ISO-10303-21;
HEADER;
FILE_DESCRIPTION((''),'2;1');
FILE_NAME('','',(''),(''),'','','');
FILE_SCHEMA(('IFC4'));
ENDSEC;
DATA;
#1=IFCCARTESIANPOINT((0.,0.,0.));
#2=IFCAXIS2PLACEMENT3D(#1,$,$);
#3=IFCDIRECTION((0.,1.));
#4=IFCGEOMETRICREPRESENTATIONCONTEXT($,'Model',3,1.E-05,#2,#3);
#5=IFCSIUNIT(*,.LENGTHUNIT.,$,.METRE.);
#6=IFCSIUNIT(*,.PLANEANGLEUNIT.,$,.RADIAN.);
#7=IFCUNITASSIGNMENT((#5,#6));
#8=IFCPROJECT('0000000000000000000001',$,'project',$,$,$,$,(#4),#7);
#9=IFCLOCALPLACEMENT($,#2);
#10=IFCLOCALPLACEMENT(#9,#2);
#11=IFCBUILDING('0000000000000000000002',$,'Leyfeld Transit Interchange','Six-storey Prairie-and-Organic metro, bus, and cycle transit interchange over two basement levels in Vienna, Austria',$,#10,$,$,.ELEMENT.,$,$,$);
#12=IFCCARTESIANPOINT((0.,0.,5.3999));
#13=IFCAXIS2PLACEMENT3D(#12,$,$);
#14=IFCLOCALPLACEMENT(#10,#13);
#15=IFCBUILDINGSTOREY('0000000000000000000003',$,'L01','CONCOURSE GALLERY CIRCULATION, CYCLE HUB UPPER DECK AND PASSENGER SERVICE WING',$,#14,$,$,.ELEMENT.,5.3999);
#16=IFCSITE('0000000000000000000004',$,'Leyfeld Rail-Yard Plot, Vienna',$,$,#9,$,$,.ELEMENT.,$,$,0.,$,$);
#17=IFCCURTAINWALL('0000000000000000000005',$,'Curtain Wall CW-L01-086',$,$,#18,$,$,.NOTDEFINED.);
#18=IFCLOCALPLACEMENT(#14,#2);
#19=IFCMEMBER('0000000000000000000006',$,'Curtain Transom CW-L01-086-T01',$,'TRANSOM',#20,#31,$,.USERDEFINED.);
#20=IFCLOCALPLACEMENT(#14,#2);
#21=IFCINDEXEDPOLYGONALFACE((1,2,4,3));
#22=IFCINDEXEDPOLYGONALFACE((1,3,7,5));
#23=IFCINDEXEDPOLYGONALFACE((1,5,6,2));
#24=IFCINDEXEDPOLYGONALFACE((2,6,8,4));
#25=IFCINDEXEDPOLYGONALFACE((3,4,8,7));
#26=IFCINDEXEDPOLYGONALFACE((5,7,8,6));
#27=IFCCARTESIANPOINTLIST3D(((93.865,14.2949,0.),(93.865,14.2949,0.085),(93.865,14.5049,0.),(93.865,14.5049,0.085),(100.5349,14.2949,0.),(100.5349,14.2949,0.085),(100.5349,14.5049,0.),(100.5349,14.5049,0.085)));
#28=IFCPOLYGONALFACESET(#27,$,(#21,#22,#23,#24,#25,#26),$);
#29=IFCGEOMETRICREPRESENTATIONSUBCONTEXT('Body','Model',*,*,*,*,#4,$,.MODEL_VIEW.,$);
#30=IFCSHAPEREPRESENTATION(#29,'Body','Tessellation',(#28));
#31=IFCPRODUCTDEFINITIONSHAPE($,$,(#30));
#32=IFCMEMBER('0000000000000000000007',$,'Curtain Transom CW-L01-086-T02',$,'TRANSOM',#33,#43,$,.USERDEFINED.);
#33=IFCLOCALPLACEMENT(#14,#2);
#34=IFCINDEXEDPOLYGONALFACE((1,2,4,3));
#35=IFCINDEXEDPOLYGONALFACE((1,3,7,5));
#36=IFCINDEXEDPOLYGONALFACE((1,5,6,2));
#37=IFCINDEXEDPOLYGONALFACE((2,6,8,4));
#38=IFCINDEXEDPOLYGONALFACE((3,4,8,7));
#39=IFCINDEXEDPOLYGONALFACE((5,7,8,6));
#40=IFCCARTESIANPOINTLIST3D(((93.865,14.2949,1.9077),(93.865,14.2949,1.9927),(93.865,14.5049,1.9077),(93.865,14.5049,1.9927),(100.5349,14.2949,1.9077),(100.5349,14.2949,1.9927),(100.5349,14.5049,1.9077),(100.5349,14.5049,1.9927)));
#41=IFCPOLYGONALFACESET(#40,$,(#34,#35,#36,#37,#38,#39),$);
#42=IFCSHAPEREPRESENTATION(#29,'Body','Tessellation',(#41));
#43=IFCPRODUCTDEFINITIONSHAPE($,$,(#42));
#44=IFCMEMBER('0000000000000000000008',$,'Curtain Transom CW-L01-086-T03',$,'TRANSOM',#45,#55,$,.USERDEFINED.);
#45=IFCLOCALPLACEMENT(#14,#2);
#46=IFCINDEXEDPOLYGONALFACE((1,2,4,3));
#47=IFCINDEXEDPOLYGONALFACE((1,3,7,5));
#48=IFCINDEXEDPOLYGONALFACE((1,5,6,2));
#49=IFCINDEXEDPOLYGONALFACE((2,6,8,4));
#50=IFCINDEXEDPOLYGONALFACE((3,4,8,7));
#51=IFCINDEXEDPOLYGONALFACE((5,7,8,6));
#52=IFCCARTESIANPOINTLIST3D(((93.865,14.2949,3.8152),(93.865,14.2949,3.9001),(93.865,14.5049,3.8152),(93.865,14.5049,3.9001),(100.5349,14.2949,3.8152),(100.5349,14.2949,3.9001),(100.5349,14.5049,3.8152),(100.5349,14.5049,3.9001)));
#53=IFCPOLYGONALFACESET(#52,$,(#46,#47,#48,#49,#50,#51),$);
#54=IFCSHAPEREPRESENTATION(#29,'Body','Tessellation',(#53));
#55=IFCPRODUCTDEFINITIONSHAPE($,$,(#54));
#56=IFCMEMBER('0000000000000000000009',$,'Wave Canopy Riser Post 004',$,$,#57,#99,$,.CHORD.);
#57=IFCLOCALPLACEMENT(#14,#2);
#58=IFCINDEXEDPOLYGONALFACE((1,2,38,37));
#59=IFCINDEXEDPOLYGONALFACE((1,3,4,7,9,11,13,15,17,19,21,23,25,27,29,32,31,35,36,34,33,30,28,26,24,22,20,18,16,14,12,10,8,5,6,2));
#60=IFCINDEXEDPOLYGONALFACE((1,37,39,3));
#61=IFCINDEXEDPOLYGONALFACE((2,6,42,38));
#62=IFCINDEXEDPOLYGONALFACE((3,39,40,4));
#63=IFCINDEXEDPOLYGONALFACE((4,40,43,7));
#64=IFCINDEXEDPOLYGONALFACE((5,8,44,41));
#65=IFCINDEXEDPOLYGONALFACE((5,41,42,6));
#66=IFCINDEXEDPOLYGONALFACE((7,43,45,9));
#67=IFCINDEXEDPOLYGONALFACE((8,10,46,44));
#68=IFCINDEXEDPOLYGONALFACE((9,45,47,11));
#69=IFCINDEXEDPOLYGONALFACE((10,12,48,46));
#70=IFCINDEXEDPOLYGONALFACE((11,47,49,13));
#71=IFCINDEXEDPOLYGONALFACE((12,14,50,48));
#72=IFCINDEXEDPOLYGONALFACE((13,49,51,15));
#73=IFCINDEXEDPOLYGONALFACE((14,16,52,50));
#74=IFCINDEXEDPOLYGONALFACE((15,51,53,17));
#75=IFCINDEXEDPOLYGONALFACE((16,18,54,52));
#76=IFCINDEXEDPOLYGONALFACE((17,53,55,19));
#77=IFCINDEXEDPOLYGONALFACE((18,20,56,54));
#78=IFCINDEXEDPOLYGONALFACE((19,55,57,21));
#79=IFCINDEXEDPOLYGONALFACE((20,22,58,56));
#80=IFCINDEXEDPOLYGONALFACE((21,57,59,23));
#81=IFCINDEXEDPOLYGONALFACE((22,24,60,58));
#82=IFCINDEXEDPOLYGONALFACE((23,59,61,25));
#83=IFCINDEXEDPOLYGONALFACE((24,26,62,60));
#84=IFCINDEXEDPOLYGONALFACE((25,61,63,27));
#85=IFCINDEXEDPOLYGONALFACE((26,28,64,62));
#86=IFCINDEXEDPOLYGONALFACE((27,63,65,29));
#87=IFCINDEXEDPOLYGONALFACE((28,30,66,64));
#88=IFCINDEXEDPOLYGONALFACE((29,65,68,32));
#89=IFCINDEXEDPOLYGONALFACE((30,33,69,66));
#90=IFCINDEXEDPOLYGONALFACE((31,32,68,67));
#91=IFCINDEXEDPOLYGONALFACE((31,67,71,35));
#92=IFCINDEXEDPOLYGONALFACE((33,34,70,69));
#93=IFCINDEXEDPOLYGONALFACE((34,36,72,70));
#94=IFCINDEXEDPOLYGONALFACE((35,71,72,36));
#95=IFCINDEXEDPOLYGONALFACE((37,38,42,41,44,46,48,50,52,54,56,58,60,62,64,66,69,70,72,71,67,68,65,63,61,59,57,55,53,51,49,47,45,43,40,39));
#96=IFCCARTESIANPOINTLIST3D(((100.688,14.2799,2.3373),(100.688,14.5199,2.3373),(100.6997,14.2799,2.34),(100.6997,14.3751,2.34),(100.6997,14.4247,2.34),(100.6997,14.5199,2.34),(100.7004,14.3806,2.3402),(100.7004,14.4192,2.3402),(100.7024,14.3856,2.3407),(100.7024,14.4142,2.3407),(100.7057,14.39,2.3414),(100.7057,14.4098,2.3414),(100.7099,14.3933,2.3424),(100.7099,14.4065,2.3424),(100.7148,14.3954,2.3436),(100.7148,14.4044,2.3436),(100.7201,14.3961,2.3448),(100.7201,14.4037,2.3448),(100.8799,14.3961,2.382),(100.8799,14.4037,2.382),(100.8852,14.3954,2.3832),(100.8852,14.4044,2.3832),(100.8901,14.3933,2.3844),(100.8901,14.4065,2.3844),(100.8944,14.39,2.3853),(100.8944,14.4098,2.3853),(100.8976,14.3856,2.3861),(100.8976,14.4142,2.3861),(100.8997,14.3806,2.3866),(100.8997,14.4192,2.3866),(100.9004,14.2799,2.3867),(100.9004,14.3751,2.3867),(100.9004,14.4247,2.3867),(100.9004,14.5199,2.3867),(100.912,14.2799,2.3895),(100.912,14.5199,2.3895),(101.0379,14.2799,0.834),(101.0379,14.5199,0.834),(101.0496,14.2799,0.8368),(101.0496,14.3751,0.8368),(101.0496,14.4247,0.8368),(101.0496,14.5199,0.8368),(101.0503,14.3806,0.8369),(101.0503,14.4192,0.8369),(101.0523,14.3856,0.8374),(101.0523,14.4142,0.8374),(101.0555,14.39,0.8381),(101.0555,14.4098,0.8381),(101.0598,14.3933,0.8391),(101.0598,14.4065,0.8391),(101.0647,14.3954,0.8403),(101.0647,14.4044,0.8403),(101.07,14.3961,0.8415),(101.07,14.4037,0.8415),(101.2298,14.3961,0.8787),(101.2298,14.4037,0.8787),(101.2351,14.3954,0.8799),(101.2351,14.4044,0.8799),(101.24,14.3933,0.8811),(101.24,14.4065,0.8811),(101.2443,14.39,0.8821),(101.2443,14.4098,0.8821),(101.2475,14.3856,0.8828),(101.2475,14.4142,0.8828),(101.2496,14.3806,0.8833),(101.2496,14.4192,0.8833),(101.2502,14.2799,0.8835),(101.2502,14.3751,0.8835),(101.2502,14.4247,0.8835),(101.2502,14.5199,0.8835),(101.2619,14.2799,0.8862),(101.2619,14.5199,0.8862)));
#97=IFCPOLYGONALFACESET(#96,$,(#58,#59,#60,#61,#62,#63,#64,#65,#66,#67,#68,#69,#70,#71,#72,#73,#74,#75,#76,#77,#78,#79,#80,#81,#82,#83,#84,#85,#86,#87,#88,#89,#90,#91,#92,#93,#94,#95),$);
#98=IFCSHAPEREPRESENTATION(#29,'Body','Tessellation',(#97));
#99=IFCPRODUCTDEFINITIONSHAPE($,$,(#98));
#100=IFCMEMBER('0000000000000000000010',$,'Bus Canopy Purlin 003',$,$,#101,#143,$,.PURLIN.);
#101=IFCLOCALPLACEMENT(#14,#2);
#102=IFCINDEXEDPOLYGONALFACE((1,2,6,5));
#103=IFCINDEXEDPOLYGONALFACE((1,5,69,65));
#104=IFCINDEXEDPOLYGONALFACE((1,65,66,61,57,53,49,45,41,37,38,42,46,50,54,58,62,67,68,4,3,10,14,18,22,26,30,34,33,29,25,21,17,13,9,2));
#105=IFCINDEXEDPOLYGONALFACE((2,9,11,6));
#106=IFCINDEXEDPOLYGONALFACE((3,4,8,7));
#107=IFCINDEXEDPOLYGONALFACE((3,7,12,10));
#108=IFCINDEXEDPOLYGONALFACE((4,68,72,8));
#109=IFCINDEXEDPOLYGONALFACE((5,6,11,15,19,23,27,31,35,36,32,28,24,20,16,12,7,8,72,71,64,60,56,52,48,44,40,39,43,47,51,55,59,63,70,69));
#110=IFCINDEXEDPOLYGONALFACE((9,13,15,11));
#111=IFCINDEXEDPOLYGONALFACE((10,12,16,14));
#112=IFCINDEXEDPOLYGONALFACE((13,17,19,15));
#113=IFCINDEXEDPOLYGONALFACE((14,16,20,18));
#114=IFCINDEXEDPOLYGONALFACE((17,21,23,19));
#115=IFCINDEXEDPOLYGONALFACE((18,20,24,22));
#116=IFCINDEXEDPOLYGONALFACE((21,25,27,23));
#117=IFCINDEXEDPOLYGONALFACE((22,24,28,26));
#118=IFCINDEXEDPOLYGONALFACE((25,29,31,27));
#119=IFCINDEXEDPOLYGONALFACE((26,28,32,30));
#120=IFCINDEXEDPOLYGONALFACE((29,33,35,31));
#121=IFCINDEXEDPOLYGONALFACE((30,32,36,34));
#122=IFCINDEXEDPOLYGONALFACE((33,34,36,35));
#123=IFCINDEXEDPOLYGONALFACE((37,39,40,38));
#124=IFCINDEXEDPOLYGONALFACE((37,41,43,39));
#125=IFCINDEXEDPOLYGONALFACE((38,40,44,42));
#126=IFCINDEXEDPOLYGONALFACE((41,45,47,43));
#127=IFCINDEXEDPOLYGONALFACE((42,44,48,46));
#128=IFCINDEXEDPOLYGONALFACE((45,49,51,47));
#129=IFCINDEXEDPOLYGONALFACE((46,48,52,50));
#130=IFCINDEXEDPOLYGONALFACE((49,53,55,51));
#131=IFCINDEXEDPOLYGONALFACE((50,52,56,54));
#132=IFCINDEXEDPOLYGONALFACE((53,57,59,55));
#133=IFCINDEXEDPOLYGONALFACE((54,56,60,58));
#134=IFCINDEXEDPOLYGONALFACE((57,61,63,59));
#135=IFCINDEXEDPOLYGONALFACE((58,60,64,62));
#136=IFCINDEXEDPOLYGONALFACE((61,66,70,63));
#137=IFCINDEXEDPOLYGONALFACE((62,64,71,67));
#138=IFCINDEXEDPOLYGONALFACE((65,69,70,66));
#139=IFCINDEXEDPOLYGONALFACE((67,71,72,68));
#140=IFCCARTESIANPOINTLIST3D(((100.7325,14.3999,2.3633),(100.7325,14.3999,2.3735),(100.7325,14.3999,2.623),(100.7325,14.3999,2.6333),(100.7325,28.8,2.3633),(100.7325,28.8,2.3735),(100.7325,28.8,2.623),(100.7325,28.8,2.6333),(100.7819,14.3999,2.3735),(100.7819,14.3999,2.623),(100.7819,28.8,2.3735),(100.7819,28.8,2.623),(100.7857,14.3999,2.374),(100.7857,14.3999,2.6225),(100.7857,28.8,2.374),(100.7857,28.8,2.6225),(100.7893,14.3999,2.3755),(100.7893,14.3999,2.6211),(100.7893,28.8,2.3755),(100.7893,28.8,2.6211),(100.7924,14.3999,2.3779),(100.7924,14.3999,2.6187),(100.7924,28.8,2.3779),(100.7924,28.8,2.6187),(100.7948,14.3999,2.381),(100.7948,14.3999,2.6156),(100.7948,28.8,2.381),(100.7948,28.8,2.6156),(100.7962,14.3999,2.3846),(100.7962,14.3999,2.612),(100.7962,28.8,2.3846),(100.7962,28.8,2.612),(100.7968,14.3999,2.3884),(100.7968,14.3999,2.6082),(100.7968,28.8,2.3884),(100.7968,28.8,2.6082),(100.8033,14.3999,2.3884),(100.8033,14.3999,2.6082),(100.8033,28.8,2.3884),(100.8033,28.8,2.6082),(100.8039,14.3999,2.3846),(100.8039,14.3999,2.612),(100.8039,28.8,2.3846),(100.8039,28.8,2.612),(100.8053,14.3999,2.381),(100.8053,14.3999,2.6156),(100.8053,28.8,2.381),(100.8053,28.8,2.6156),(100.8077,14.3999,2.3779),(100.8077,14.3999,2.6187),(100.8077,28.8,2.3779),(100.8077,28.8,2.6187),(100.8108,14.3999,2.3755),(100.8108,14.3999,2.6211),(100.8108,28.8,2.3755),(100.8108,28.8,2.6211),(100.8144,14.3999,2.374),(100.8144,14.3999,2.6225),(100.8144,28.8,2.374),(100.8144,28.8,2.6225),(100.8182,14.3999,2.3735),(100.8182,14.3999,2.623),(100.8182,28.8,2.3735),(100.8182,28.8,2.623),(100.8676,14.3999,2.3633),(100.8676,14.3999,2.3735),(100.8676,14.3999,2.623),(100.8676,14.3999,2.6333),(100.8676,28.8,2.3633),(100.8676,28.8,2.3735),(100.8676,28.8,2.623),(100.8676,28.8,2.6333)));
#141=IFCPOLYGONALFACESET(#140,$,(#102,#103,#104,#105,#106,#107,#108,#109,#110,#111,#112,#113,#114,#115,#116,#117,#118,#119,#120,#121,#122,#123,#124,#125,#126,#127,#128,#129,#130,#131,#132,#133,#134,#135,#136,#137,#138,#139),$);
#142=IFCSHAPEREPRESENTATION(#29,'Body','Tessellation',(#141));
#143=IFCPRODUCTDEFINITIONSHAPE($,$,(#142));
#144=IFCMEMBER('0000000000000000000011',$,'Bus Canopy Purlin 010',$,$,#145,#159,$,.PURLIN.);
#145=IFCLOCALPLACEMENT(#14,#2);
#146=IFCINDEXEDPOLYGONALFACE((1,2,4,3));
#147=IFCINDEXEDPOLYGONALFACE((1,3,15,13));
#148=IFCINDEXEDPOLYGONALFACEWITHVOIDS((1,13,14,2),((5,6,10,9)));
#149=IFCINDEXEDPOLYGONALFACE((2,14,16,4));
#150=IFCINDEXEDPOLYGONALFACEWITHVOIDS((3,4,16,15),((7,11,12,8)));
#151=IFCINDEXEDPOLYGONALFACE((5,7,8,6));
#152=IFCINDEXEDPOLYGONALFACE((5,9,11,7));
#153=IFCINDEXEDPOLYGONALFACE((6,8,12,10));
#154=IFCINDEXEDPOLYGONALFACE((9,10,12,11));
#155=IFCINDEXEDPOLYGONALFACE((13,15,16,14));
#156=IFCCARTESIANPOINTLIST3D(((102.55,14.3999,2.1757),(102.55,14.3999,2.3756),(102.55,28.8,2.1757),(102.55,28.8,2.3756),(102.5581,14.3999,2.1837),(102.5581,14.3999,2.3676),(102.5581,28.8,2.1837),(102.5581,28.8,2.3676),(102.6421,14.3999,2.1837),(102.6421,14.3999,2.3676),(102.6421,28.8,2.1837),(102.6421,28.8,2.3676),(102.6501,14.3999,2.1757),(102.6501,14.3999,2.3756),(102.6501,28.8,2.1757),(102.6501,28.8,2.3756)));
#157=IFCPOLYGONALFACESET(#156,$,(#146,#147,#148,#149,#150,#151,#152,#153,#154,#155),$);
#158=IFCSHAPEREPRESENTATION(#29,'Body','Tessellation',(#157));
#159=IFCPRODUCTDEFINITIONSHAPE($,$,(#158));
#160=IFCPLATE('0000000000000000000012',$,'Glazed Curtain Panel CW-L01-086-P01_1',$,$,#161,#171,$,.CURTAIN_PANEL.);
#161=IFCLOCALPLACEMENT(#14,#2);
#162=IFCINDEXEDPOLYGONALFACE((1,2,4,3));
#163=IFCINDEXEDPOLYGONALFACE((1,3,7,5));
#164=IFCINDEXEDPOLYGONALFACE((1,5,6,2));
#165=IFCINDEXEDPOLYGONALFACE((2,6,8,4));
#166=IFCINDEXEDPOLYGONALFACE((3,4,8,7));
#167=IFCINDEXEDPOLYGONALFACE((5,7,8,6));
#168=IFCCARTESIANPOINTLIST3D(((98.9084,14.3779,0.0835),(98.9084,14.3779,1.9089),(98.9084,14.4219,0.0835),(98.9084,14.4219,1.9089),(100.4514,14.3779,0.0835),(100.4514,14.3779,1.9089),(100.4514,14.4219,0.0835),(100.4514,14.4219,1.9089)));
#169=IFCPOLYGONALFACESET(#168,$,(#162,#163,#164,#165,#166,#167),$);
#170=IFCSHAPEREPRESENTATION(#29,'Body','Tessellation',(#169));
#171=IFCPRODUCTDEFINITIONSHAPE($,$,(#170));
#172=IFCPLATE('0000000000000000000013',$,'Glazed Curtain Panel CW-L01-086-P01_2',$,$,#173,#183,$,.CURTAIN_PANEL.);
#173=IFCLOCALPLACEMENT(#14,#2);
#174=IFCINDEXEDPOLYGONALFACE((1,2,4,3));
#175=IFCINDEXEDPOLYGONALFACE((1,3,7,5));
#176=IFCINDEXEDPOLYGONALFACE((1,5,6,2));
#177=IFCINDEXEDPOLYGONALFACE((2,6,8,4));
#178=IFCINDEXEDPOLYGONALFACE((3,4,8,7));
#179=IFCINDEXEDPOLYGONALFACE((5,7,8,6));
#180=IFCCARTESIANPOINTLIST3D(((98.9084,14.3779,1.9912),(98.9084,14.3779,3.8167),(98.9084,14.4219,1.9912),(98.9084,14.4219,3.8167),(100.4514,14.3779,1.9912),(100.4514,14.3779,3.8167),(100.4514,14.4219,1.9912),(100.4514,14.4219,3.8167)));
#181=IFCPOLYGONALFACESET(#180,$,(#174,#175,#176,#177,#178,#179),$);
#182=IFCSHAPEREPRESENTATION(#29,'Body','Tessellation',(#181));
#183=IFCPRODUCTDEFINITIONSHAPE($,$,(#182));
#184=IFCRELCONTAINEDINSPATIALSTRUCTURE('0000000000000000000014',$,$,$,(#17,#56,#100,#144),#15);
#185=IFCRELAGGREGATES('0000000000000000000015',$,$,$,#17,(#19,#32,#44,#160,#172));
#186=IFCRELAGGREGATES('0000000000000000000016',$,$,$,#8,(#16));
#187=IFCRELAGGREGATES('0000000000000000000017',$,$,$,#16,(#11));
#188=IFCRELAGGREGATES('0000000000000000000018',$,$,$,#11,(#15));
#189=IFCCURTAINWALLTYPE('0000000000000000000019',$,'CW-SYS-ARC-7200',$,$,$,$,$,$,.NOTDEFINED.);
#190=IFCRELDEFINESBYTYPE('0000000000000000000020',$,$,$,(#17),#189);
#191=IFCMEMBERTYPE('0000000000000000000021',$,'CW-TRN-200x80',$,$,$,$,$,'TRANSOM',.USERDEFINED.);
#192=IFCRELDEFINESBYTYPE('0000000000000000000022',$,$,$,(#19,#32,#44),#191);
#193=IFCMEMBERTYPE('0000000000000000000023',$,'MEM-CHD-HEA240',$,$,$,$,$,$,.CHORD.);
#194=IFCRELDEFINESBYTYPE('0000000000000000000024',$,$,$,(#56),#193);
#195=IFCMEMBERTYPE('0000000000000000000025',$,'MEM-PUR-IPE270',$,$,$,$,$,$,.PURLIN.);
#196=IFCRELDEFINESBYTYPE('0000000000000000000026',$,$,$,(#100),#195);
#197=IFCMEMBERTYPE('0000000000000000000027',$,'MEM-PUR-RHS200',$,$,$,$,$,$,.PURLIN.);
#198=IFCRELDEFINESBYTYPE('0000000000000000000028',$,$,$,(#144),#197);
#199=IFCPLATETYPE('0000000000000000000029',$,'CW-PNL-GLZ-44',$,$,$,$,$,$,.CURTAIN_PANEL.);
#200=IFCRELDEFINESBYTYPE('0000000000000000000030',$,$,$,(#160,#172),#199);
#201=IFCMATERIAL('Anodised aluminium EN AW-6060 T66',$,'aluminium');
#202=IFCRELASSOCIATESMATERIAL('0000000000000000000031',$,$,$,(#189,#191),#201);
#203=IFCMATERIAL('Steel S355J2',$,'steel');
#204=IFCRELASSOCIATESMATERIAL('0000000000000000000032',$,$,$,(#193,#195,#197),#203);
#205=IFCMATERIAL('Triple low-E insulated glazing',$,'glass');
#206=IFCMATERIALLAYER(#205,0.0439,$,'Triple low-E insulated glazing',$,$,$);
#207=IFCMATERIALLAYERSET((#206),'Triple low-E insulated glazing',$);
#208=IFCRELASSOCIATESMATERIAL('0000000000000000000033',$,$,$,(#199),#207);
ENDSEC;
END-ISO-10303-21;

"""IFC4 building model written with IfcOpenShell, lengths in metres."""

from ifc_helpers import new_model, si_unit, direction, frame, origin, origin_2d, place, context, subcontext, project, spatial, rectangle, hollow_rectangle, i_section, extrude, material, layer, layer_set, material_profile, profile_set, type_object, element, aggregate, save


model = new_model("IFC4")

# Units and contexts
model_context = context("Model", 3, precision=1e-05, world=origin(), true_north=direction((0.0, 1.0)))
body_context = subcontext(model_context, "Body", "Model", "MODEL_VIEW")
ifc_project = project(units=[si_unit("LENGTHUNIT", "METRE"), si_unit("PLANEANGLEUNIT", "RADIAN")], contexts=[model_context])

# Site, building, storey
site_placement = place(None, origin())
site = spatial("IfcSite", under=ifc_project, at=site_placement, Name="Leyfeld Rail-Yard Plot, Vienna", CompositionType="ELEMENT", RefElevation=0.0)
building_placement = place(site_placement, origin())
building = spatial("IfcBuilding", under=site, at=building_placement, Name="Leyfeld Transit Interchange", Description="Six-storey Prairie-and-Organic metro, bus, and cycle transit interchange over two basement levels in Vienna, Austria", CompositionType="ELEMENT")
storey_placement = place(building_placement, frame((0.0, 0.0, 5.3999)))
storey = spatial("IfcBuildingStorey", under=building, at=storey_placement, Name="L01", Description="CONCOURSE GALLERY CIRCULATION, CYCLE HUB UPPER DECK AND PASSENGER SERVICE WING", CompositionType="ELEMENT", Elevation=5.3999)

# Shared definitions
ifc_material_1 = material(Name="Steel S355J2", Category="steel")

# Curtain wall, members
ifc_material_2 = material(Name="Anodised aluminium EN AW-6060 T66", Category="aluminium")
curtain_wall_type = type_object("IfcCurtainWallType", Name="CW-SYS-ARC-7200", PredefinedType="NOTDEFINED", material=ifc_material_2)
curtain_wall_placement = place(storey_placement, origin())
curtain_wall = element("IfcCurtainWall", 1, at=curtain_wall_placement, inside=storey, type_object=curtain_wall_type, Name="Curtain Wall CW-L01-086", PredefinedType="NOTDEFINED")
ifc_material_profile_1 = material_profile(ifc_material_2, rectangle(XDim=0.21, YDim=0.085, at=origin_2d()), Name="CW-TRN-200x80")
ifc_profile_set_1 = profile_set([ifc_material_profile_1], Name="Anodised aluminium EN AW-6060 T66")
member_type_1 = type_object("IfcMemberType", Name="CW-TRN-200x80", ElementType="TRANSOM", PredefinedType="USERDEFINED", material=ifc_profile_set_1)
member_1_placement = place(storey_placement, frame((100.5349, 14.3999, 0.0425), z_axis=(-1.0, 0.0, 0.0), x_axis=(0.0, -1.0, 0.0)))
member_1 = element("IfcMember", 2, at=member_1_placement, type_object=member_type_1, Name="Curtain Transom CW-L01-086-T01", ObjectType="TRANSOM", PredefinedType="USERDEFINED", context=body_context, shape_type="SweptSolid", body=[
    extrude(rectangle(XDim=0.21, YDim=0.085, at=origin_2d()), origin(), (0.0, 0.0, 1.0), 6.6699),
])
member_2_placement = place(storey_placement, frame((100.5349, 14.3999, 1.9502), z_axis=(-1.0, 0.0, 0.0), x_axis=(0.0, -1.0, 0.0)))
member_2 = element("IfcMember", 3, at=member_2_placement, type_object=member_type_1, Name="Curtain Transom CW-L01-086-T02", ObjectType="TRANSOM", PredefinedType="USERDEFINED", context=body_context, shape_type="SweptSolid", body=[
    extrude(rectangle(XDim=0.21, YDim=0.085, at=origin_2d()), origin(), (0.0, 0.0, 1.0), 6.6699),
])
member_3_placement = place(storey_placement, frame((100.5349, 14.3999, 3.8577), z_axis=(-1.0, 0.0, 0.0), x_axis=(0.0, -1.0, 0.0)))
member_3 = element("IfcMember", 4, at=member_3_placement, type_object=member_type_1, Name="Curtain Transom CW-L01-086-T03", ObjectType="TRANSOM", PredefinedType="USERDEFINED", context=body_context, shape_type="SweptSolid", body=[
    extrude(rectangle(XDim=0.21, YDim=0.085, at=origin_2d()), origin(), (0.0, 0.0, 1.0), 6.6699),
])

# Members
ifc_material_profile_2 = material_profile(ifc_material_1, i_section(OverallWidth=0.24, OverallDepth=0.23, WebThickness=0.0076, FlangeThickness=0.012, FilletRadius=0.021, at=origin_2d()), Name="HEA 240")
ifc_profile_set_2 = profile_set([ifc_material_profile_2], Name="Steel S355J2")
member_type_2 = type_object("IfcMemberType", Name="MEM-CHD-HEA240", PredefinedType="CHORD", material=ifc_profile_set_2)
member_4_placement = place(storey_placement, frame((101.1499, 14.3999, 0.8601), z_axis=(-0.226685, 0.0, 0.973968), x_axis=(0.0, -1.0, 0.0)))
element("IfcMember", 5, at=member_4_placement, inside=storey, type_object=member_type_2, Name="Wave Canopy Riser Post 004", PredefinedType="CHORD", context=body_context, shape_type="SweptSolid", body=[
    extrude(i_section(OverallWidth=0.24, OverallDepth=0.23, WebThickness=0.0076, FlangeThickness=0.012, FilletRadius=0.021, at=origin_2d()), origin(), (0.0, 0.0, 1.0), 1.5435),
])
ifc_material_profile_3 = material_profile(ifc_material_1, i_section(OverallWidth=0.135, OverallDepth=0.27, WebThickness=0.0066, FlangeThickness=0.0103, FilletRadius=0.0149, at=origin_2d()), Name="IPE 270")
ifc_profile_set_3 = profile_set([ifc_material_profile_3], Name="Steel S355J2")
member_type_3 = type_object("IfcMemberType", Name="MEM-PUR-IPE270", PredefinedType="PURLIN", material=ifc_profile_set_3)
member_5_placement = place(storey_placement, frame((100.8, 14.3999, 2.4983), z_axis=(0.0, 1.0, 0.0), x_axis=(-1.0, 0.0, 0.0)))
element("IfcMember", 6, at=member_5_placement, inside=storey, type_object=member_type_3, Name="Bus Canopy Purlin 003", PredefinedType="PURLIN", context=body_context, shape_type="SweptSolid", body=[
    extrude(i_section(OverallWidth=0.135, OverallDepth=0.27, WebThickness=0.0066, FlangeThickness=0.0103, FilletRadius=0.0149, at=origin_2d()), origin(), (0.0, 0.0, 1.0), 14.4001),
])
ifc_material_profile_4 = material_profile(ifc_material_1, hollow_rectangle(XDim=0.1001, YDim=0.2, WallThickness=0.0081, at=origin_2d()), Name="RHS 200x100x8")
ifc_profile_set_4 = profile_set([ifc_material_profile_4], Name="Steel S355J2")
member_type_4 = type_object("IfcMemberType", Name="MEM-PUR-RHS200", PredefinedType="PURLIN", material=ifc_profile_set_4)
member_6_placement = place(storey_placement, frame((102.6001, 14.3999, 2.2756), z_axis=(0.0, 1.0, 0.0), x_axis=(-1.0, 0.0, 0.0)))
element("IfcMember", 7, at=member_6_placement, inside=storey, type_object=member_type_4, Name="Bus Canopy Purlin 010", PredefinedType="PURLIN", context=body_context, shape_type="SweptSolid", body=[
    extrude(hollow_rectangle(XDim=0.1001, YDim=0.2, WallThickness=0.0081, at=origin_2d()), origin(), (0.0, 0.0, 1.0), 14.4001),
])

# Plates
ifc_material_3 = material(Name="Triple low-E insulated glazing", Category="glass")
ifc_layer_1 = layer(ifc_material_3, 0.0439, Name="Triple low-E insulated glazing")
ifc_layer_set_1 = layer_set([ifc_layer_1], Name="Triple low-E insulated glazing")
plate_type = type_object("IfcPlateType", Name="CW-PNL-GLZ-44", PredefinedType="CURTAIN_PANEL", material=ifc_layer_set_1)
plate_1_placement = place(storey_placement, frame((99.6799, 14.3999, 0.0835), z_axis=(0.0, 0.0, 1.0), x_axis=(-1.0, 0.0, 0.0)))
plate_1 = element("IfcPlate", 8, at=plate_1_placement, type_object=plate_type, Name="Glazed Curtain Panel CW-L01-086-P01_1", PredefinedType="CURTAIN_PANEL", context=body_context, shape_type="SweptSolid", body=[
    extrude(rectangle(XDim=1.543, YDim=0.0439, at=origin_2d()), origin(), (0.0, 0.0, 1.0), 1.8254),
])
plate_2_placement = place(storey_placement, frame((99.6799, 14.3999, 1.9912), z_axis=(0.0, 0.0, 1.0), x_axis=(-1.0, 0.0, 0.0)))
plate_2 = element("IfcPlate", 9, at=plate_2_placement, type_object=plate_type, Name="Glazed Curtain Panel CW-L01-086-P01_2", PredefinedType="CURTAIN_PANEL", context=body_context, shape_type="SweptSolid", body=[
    extrude(rectangle(XDim=1.543, YDim=0.0439, at=origin_2d()), origin(), (0.0, 0.0, 1.0), 1.8254),
])
aggregate(curtain_wall, [member_1, member_2, member_3, plate_1, plate_2])

save(model, "model.ifc")
